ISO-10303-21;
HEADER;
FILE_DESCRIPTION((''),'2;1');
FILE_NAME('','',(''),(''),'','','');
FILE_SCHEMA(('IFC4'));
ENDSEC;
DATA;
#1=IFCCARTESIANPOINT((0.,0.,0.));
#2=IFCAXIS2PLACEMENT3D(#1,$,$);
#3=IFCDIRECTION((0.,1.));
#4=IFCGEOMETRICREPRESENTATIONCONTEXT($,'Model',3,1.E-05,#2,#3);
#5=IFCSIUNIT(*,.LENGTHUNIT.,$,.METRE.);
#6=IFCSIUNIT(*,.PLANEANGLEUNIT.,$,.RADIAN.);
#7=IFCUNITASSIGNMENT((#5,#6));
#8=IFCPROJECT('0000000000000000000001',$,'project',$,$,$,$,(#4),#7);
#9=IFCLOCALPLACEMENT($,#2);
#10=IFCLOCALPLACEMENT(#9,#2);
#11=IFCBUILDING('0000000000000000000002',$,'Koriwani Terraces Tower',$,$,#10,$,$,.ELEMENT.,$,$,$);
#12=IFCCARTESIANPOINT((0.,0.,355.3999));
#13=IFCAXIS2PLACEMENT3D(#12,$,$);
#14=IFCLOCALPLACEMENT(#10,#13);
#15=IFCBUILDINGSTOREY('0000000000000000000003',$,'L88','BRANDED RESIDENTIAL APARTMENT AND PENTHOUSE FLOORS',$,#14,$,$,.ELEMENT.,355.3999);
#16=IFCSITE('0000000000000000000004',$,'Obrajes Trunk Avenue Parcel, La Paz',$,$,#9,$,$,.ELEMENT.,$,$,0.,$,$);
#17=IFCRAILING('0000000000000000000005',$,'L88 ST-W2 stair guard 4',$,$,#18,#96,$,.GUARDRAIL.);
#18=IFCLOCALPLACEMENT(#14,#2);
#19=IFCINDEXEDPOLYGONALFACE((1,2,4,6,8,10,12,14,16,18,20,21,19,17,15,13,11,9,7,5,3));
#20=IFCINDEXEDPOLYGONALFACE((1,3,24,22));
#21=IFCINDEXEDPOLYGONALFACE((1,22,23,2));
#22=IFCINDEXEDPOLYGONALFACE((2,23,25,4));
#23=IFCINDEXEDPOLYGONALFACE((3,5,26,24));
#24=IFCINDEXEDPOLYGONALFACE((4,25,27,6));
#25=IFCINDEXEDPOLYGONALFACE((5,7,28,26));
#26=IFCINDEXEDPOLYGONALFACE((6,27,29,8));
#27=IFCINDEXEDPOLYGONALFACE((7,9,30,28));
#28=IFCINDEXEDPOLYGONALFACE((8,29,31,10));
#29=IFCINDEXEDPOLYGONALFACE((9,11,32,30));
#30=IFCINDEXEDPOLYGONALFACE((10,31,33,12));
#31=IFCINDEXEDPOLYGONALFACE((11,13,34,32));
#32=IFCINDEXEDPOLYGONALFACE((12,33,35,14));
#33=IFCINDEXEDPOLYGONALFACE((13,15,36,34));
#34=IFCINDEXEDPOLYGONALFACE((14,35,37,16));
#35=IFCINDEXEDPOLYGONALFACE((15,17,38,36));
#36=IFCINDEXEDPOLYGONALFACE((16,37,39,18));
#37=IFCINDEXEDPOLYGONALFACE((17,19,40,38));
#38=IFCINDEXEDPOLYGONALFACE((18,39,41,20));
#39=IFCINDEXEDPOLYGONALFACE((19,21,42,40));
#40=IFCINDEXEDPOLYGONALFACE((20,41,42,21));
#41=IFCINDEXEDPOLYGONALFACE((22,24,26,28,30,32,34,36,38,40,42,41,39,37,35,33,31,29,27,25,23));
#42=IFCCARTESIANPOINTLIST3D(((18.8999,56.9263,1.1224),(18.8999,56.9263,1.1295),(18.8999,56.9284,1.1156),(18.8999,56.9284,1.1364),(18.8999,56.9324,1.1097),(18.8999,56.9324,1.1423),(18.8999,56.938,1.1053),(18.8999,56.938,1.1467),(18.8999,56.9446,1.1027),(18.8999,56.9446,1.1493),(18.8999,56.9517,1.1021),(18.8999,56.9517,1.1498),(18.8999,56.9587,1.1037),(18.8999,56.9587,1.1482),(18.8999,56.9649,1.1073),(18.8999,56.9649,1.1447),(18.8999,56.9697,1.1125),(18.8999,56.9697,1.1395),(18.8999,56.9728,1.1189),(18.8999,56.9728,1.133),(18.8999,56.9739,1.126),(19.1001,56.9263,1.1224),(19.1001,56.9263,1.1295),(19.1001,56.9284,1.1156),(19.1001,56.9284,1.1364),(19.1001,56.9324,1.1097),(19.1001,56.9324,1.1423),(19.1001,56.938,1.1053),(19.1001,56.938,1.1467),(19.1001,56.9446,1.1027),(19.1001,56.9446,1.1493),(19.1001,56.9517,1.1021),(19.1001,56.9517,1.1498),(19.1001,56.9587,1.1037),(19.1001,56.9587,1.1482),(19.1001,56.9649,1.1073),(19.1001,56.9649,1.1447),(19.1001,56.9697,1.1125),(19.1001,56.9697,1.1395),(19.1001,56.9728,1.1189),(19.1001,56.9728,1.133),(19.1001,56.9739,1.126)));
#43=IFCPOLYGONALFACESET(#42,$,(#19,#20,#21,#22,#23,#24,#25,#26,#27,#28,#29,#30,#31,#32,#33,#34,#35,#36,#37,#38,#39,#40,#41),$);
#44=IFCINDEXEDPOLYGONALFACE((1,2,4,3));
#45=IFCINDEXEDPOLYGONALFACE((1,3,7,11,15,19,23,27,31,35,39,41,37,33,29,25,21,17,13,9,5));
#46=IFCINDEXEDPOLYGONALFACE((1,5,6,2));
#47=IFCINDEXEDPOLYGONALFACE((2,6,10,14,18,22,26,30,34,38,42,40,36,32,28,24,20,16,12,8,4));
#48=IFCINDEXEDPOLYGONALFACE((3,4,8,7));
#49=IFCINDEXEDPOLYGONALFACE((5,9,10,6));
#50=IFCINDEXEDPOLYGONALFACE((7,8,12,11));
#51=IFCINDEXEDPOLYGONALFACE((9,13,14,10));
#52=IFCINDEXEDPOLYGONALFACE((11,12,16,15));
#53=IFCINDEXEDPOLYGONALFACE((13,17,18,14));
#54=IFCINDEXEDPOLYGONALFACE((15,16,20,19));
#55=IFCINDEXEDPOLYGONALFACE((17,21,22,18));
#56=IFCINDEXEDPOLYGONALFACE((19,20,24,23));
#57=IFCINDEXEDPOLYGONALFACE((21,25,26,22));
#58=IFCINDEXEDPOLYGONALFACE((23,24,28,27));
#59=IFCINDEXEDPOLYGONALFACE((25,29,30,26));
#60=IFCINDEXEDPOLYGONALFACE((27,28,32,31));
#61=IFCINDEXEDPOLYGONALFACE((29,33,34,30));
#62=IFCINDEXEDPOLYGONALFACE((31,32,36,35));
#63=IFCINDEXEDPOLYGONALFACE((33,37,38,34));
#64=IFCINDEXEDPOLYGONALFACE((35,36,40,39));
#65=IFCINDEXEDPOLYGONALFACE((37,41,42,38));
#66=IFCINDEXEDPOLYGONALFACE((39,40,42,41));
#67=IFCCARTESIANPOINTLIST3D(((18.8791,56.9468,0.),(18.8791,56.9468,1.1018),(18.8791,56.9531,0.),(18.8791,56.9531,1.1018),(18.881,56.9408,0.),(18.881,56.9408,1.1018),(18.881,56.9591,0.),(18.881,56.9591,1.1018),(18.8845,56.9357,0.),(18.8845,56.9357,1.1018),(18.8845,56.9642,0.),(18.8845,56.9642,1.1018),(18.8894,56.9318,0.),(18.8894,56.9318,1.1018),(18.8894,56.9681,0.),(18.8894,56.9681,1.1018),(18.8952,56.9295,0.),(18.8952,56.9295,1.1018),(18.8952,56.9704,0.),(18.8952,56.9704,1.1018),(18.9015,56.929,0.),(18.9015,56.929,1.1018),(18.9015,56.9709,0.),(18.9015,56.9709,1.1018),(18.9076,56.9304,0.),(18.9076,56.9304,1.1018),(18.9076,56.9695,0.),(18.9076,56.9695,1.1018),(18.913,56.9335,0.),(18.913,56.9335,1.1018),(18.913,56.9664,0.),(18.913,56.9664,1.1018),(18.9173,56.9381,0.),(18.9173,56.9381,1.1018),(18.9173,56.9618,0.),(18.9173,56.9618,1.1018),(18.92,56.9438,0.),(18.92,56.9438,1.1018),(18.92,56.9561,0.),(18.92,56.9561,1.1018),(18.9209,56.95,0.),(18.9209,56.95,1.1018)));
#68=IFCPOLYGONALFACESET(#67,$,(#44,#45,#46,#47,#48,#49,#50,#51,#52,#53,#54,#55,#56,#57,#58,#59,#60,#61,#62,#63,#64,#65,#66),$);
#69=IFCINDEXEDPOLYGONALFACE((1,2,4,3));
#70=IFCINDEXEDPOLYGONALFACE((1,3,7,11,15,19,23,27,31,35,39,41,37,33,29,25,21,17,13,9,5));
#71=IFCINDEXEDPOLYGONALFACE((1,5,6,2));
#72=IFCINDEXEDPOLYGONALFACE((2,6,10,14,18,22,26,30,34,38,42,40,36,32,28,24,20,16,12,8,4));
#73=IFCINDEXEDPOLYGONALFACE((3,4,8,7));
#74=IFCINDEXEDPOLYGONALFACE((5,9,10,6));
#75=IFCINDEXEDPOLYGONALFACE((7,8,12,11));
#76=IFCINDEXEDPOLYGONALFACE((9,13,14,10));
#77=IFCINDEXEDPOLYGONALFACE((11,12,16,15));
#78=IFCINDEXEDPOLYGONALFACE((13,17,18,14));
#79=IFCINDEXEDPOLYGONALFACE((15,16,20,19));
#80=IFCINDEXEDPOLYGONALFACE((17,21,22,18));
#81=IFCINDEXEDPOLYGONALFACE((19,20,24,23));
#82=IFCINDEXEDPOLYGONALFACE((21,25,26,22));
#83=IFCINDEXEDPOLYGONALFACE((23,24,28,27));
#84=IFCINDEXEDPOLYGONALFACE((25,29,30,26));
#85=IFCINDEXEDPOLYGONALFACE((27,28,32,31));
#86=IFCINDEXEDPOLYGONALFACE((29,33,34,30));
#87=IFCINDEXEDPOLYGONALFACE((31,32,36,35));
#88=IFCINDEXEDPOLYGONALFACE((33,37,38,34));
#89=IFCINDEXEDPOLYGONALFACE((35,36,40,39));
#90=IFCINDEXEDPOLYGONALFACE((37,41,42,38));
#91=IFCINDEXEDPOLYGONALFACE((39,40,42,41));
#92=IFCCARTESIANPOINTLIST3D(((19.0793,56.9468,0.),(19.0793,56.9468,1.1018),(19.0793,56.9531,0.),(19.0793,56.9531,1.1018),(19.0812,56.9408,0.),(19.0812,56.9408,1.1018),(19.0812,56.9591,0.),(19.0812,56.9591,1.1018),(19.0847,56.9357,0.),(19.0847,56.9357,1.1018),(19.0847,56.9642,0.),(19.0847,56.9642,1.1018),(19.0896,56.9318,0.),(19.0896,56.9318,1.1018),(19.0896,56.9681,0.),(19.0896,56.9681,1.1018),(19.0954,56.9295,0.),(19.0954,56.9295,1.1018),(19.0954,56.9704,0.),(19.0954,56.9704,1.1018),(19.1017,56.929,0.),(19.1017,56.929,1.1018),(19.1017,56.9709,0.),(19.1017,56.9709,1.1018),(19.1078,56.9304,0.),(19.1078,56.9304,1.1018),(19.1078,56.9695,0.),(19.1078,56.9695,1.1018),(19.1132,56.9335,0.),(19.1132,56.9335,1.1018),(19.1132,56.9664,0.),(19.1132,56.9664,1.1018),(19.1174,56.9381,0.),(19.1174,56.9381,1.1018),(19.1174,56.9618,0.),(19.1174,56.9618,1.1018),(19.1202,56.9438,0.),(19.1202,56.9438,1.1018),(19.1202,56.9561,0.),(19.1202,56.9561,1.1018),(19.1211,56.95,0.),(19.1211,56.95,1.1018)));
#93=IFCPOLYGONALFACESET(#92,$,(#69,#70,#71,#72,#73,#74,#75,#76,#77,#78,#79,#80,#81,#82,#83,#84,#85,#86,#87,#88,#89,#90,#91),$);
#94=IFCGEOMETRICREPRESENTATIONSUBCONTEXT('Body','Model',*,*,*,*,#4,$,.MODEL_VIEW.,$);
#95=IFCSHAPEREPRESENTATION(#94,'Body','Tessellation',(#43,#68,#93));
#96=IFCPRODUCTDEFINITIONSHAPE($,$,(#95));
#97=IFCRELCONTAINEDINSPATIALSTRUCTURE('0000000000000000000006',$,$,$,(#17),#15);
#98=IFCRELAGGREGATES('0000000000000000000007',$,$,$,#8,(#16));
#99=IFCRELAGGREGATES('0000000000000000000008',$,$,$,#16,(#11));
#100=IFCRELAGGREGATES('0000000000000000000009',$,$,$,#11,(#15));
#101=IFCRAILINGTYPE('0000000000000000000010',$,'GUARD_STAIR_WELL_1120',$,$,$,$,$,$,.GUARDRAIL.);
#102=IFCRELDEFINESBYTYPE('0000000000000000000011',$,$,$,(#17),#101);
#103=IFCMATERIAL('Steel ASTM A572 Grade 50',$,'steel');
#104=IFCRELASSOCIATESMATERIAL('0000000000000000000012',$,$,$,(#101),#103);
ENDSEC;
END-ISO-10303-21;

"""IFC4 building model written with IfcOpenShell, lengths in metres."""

from ifc_helpers import new_model, si_unit, direction, frame, origin, origin_2d, place, context, subcontext, project, spatial, circle, extrude, material, type_object, element, save


model = new_model("IFC4")

# Units and contexts
model_context = context("Model", 3, precision=1e-05, world=origin(), true_north=direction((0.0, 1.0)))
body_context = subcontext(model_context, "Body", "Model", "MODEL_VIEW")
ifc_project = project(units=[si_unit("LENGTHUNIT", "METRE"), si_unit("PLANEANGLEUNIT", "RADIAN")], contexts=[model_context])

# Site, building, storey
site_placement = place(None, origin())
site = spatial("IfcSite", under=ifc_project, at=site_placement, Name="Obrajes Trunk Avenue Parcel, La Paz", CompositionType="ELEMENT", RefElevation=0.0)
building_placement = place(site_placement, origin())
building = spatial("IfcBuilding", under=site, at=building_placement, Name="Koriwani Terraces Tower", CompositionType="ELEMENT")
storey_placement = place(building_placement, frame((0.0, 0.0, 355.3999)))
storey = spatial("IfcBuildingStorey", under=building, at=storey_placement, Name="L88", Description="BRANDED RESIDENTIAL APARTMENT AND PENTHOUSE FLOORS", CompositionType="ELEMENT", Elevation=355.3999)

# Shared definitions
ifc_material_1 = material(Name="Steel ASTM A572 Grade 50", Category="steel")

# Railing
railing_type_1 = type_object("IfcRailingType", Name="GUARD_STAIR_WELL_1120", PredefinedType="GUARDRAIL", material=ifc_material_1)
railing_1_placement = place(storey_placement, frame((18.8999, 56.95, 0.0)))
element("IfcRailing", 1, at=railing_1_placement, inside=storey, type_object=railing_type_1, Name="L88 ST-W2 stair guard 4", PredefinedType="GUARDRAIL", context=body_context, shape_type="SweptSolid", body=[
    extrude(circle(Radius=0.0239, at=origin_2d()), frame((0.0, 0.0, 1.126), z_axis=(1.0, 0.0, 0.0), x_axis=(0.0, 1.0, 0.0)), (0.0, 0.0, 1.0), 0.2002),
    extrude(circle(Radius=0.021, at=origin_2d()), origin(), (0.0, 0.0, 1.0), 1.1018),
    extrude(circle(Radius=0.021, at=origin_2d()), frame((0.2002, 0.0, 0.0)), (0.0, 0.0, 1.0), 1.1018),
])

save(model, "model.ifc")
